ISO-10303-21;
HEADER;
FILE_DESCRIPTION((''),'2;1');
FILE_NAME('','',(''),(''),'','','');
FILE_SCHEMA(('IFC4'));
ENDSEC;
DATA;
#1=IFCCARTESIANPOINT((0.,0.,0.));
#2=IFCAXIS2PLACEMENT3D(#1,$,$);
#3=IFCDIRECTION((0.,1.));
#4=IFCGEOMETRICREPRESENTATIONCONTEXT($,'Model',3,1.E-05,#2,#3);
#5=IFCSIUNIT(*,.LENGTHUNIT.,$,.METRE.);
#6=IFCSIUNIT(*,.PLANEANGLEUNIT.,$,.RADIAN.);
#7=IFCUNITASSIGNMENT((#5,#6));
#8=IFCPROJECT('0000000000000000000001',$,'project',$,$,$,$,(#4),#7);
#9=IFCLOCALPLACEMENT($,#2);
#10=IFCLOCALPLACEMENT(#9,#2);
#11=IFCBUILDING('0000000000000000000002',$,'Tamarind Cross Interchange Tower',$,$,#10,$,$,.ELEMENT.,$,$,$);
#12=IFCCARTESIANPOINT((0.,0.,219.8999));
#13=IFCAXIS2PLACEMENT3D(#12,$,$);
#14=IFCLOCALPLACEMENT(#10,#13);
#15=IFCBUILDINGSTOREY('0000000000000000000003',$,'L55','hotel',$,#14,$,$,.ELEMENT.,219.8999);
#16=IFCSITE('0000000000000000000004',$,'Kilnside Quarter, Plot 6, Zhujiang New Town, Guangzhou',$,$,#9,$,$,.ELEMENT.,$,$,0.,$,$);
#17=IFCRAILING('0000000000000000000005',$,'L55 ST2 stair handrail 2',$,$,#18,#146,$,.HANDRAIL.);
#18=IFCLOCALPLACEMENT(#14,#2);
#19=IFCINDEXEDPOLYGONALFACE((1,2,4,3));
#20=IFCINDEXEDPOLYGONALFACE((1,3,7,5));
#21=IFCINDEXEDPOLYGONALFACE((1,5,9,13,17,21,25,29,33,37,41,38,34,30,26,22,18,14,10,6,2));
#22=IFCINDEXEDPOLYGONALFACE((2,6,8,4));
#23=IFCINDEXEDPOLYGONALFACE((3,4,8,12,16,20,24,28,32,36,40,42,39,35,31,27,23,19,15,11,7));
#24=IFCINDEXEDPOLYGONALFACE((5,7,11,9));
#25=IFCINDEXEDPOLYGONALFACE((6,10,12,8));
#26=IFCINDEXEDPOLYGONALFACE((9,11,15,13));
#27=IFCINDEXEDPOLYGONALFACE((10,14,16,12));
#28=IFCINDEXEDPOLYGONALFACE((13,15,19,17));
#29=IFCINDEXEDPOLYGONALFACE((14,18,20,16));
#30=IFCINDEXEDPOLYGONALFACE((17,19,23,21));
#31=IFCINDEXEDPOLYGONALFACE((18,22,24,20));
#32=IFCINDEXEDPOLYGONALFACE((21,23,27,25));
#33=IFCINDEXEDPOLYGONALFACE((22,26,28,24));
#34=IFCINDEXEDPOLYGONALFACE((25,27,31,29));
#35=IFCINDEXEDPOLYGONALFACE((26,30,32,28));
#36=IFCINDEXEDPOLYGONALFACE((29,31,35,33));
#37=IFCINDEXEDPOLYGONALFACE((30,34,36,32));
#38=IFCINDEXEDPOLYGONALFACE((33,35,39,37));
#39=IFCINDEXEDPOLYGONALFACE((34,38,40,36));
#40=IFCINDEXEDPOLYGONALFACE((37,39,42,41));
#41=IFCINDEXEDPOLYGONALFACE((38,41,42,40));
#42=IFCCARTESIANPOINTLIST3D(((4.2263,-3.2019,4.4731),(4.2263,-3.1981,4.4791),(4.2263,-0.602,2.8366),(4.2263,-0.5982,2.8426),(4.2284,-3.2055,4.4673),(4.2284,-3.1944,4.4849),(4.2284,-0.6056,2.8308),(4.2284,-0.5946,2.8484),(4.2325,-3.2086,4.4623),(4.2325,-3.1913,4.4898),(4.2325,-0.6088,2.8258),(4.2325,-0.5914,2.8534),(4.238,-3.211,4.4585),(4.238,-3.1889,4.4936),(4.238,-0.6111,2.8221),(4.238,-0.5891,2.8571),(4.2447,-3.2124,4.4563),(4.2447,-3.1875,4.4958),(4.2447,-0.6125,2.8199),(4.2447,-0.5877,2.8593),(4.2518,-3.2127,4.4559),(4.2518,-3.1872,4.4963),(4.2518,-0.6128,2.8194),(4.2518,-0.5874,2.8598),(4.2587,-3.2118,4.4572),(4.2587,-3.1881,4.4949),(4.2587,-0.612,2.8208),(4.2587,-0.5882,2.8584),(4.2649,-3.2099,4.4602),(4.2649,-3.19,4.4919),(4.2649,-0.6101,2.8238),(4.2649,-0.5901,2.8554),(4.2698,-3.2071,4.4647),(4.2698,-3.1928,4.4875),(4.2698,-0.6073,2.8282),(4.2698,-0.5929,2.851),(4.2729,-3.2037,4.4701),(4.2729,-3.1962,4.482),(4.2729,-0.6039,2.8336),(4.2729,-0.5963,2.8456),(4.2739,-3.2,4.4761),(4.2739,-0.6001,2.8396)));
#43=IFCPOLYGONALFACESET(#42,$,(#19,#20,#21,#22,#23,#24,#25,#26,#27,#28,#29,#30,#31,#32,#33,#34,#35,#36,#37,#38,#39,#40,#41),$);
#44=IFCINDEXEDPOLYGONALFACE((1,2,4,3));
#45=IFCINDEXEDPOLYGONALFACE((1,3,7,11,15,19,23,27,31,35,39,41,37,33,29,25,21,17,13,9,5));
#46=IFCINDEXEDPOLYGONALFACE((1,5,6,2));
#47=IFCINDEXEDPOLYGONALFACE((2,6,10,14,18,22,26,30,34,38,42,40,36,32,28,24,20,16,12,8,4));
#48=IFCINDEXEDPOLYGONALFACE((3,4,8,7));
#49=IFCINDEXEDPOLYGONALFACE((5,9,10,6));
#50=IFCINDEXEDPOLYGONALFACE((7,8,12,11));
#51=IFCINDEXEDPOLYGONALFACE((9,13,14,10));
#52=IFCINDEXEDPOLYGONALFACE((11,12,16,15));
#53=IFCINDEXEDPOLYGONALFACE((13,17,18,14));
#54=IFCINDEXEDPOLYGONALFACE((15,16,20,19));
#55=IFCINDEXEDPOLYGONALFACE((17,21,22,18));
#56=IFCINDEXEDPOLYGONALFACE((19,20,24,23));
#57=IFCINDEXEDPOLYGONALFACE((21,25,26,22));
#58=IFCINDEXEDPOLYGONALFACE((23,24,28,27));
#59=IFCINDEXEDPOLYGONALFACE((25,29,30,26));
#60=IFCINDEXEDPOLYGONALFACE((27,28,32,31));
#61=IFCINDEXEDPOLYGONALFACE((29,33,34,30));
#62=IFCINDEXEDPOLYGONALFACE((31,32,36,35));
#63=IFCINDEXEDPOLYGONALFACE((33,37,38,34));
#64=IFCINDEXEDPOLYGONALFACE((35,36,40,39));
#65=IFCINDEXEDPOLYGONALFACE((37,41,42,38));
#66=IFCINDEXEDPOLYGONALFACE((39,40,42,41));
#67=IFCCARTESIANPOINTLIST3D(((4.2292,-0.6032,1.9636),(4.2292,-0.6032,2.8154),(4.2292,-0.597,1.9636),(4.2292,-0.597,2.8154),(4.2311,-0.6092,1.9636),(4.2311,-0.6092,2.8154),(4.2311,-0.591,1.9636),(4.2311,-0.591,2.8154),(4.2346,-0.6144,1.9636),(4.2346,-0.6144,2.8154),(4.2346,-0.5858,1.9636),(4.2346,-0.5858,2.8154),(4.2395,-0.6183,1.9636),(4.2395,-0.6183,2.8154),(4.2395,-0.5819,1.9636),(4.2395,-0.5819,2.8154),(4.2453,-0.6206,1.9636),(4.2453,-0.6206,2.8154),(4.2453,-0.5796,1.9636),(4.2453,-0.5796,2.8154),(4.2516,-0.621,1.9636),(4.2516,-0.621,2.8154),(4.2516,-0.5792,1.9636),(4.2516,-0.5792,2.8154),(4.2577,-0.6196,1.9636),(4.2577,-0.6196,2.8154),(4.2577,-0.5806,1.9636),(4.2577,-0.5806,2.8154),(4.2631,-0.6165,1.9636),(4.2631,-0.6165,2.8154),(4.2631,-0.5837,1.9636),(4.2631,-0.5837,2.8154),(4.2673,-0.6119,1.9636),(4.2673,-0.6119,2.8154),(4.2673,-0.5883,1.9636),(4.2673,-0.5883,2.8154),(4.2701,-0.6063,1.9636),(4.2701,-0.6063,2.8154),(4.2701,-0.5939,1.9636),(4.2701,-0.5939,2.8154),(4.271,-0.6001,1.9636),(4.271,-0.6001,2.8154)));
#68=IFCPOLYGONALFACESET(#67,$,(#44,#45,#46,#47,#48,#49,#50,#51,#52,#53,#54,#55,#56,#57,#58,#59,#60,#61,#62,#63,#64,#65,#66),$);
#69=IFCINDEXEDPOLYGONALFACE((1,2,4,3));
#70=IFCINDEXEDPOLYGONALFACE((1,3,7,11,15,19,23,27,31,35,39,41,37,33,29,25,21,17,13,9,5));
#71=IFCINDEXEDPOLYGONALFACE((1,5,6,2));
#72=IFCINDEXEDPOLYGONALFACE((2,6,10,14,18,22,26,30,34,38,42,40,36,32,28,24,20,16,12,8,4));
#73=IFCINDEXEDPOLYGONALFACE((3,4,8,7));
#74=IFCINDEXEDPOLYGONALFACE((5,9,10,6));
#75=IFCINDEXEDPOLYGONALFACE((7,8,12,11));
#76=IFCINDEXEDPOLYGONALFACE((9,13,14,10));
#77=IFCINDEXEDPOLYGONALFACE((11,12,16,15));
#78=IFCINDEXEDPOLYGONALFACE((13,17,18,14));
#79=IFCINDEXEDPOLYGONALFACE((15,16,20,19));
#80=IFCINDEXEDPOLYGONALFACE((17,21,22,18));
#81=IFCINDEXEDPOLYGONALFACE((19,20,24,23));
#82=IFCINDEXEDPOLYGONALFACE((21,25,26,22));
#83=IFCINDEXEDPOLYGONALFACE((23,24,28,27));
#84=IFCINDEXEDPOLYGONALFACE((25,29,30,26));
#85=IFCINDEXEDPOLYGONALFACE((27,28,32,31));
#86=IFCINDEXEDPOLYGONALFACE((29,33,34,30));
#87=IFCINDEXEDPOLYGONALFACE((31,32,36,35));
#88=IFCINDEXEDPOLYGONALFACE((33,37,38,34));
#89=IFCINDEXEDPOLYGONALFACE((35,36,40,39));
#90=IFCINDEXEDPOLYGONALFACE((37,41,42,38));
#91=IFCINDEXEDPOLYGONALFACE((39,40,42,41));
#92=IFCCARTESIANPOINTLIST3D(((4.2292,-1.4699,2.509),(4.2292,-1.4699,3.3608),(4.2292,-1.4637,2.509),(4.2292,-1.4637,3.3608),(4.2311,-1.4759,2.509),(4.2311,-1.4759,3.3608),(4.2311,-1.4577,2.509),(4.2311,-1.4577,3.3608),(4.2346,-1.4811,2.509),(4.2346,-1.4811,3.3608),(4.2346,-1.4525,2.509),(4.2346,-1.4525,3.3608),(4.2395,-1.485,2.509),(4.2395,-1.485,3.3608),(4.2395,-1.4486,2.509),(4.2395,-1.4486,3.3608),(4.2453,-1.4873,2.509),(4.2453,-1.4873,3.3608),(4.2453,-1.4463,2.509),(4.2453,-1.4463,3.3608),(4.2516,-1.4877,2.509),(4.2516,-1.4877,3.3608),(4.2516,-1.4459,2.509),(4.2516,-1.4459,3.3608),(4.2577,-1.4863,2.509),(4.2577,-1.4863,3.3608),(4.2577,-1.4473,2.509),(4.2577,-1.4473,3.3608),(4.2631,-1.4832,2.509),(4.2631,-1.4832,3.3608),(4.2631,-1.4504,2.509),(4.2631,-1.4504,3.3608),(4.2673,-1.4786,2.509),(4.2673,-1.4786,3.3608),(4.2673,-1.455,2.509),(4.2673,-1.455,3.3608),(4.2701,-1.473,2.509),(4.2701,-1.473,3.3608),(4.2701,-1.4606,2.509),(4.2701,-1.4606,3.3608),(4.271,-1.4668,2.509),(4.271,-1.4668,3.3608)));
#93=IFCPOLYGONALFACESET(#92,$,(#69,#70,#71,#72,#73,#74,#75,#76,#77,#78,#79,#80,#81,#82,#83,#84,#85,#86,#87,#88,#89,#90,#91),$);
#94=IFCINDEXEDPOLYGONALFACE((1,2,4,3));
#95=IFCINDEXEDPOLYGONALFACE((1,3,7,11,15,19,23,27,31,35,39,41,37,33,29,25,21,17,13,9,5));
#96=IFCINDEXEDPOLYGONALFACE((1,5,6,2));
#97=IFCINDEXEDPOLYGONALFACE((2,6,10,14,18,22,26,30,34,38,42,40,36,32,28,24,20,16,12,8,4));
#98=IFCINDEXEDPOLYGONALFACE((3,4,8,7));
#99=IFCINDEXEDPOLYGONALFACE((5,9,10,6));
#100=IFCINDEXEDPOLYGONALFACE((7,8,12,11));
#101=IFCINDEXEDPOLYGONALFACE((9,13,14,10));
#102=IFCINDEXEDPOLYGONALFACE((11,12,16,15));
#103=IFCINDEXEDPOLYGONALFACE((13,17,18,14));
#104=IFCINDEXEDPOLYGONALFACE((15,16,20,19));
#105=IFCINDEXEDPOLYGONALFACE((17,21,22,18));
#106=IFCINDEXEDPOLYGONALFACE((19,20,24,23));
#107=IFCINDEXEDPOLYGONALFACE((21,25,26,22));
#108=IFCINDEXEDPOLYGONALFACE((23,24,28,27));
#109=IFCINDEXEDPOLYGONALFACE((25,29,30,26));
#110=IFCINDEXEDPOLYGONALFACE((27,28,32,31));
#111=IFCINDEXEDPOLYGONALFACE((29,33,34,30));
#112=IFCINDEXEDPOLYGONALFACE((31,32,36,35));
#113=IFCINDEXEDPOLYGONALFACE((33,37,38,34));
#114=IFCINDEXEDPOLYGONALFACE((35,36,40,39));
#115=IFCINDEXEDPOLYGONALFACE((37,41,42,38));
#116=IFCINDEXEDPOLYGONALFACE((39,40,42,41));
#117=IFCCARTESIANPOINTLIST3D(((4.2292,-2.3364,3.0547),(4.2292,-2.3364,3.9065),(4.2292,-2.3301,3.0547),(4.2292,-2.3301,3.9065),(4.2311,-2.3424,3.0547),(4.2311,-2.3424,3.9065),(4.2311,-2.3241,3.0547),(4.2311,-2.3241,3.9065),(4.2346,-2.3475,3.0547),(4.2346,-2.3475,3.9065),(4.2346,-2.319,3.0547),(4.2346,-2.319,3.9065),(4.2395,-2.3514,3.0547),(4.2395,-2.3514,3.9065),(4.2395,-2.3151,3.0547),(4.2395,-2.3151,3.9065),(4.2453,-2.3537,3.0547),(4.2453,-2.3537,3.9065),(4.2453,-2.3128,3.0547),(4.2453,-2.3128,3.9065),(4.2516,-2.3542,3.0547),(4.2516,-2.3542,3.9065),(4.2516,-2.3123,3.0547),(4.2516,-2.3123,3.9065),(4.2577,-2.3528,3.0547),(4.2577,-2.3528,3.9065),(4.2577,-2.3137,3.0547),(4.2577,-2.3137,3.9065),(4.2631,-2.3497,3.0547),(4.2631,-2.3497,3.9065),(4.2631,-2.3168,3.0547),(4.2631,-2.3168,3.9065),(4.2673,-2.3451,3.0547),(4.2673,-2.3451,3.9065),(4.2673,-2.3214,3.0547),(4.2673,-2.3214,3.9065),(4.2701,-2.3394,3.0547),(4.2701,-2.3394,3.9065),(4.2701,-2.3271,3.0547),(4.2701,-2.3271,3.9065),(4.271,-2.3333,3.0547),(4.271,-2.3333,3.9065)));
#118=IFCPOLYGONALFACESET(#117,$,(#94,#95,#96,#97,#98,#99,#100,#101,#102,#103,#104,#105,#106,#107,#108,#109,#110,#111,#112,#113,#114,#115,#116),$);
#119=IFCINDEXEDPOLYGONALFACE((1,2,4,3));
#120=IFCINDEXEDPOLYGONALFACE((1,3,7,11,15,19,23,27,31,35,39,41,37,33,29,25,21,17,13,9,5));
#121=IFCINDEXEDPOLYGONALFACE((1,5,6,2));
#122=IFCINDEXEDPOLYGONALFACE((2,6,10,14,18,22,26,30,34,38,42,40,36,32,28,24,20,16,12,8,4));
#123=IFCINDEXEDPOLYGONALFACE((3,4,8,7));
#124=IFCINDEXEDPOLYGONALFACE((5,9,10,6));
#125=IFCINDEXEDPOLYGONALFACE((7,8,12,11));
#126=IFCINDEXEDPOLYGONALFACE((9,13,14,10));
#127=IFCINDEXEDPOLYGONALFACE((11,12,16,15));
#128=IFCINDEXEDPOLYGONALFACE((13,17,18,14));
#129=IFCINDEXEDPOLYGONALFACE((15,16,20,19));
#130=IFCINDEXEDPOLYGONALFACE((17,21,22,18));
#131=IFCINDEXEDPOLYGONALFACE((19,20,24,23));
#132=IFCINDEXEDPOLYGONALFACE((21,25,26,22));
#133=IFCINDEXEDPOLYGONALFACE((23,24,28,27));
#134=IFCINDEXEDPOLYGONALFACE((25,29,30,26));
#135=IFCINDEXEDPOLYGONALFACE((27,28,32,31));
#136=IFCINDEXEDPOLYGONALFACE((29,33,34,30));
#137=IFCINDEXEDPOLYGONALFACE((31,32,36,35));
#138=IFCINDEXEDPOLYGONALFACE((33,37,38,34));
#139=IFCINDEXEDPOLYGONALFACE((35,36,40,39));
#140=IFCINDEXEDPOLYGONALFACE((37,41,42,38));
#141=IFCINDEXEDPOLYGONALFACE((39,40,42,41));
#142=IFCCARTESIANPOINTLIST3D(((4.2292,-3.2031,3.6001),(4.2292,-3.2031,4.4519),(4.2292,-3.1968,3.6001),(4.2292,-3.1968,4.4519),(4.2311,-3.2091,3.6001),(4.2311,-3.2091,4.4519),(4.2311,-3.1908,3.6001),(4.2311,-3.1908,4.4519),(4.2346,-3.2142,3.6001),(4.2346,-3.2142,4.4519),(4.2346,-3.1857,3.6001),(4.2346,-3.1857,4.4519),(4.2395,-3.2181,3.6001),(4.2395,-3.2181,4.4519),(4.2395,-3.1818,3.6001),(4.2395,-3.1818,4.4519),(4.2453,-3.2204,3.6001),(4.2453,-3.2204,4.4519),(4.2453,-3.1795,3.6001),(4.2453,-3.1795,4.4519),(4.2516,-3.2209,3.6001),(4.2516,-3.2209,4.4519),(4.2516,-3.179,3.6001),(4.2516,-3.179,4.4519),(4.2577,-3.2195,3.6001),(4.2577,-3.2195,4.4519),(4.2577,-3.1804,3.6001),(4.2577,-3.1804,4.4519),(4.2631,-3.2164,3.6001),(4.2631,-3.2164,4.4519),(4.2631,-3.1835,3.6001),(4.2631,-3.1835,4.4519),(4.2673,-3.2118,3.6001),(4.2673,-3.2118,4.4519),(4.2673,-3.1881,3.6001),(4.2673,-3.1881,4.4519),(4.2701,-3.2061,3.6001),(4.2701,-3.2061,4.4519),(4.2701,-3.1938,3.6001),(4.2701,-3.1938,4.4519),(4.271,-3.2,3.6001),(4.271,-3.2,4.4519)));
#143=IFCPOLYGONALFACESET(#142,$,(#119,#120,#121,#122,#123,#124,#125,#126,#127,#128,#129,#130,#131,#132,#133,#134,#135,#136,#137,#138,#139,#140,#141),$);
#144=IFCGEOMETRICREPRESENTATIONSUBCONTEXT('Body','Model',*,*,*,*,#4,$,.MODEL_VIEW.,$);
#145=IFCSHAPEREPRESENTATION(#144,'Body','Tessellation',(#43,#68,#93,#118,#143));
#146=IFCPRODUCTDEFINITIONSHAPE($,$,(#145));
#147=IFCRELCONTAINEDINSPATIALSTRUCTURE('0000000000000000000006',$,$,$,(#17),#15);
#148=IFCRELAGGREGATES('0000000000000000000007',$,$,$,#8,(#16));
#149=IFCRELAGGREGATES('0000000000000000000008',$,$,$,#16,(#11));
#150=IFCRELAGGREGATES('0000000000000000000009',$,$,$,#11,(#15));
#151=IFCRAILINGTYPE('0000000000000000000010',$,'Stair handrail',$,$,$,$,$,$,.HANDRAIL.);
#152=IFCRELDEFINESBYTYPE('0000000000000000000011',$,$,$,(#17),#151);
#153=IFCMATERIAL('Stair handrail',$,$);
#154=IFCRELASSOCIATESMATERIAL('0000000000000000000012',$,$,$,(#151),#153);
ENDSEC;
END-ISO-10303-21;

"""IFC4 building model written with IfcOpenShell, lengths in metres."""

from ifc_helpers import new_model, si_unit, direction, frame, origin, origin_2d, place, context, subcontext, project, spatial, circle, extrude, material, type_object, element, save


model = new_model("IFC4")

# Units and contexts
model_context = context("Model", 3, precision=1e-05, world=origin(), true_north=direction((0.0, 1.0)))
body_context = subcontext(model_context, "Body", "Model", "MODEL_VIEW")
ifc_project = project(units=[si_unit("LENGTHUNIT", "METRE"), si_unit("PLANEANGLEUNIT", "RADIAN")], contexts=[model_context])

# Site, building, storey
site_placement = place(None, origin())
site = spatial("IfcSite", under=ifc_project, at=site_placement, Name="Kilnside Quarter, Plot 6, Zhujiang New Town, Guangzhou", CompositionType="ELEMENT", RefElevation=0.0)
building_placement = place(site_placement, origin())
building = spatial("IfcBuilding", under=site, at=building_placement, Name="Tamarind Cross Interchange Tower", CompositionType="ELEMENT")
storey_placement = place(building_placement, frame((0.0, 0.0, 219.8999)))
storey = spatial("IfcBuildingStorey", under=building, at=storey_placement, Name="L55", Description="hotel", CompositionType="ELEMENT", Elevation=219.8999)

# Railing
ifc_material_1 = material(Name="Stair handrail")
railing_type_1 = type_object("IfcRailingType", Name="Stair handrail", PredefinedType="HANDRAIL", material=ifc_material_1)
railing_1_placement = place(storey_placement, frame((4.25, -0.6001, 1.9636)))
element("IfcRailing", 1, at=railing_1_placement, inside=storey, type_object=railing_type_1, Name="L55 ST2 stair handrail 2", PredefinedType="HANDRAIL", context=body_context, shape_type="SweptSolid", body=[
    extrude(circle(Radius=0.0239, at=origin_2d()), frame((0.0, 0.0, 0.876), z_axis=(0.0, -0.846302, 0.532704), x_axis=(1.0, 0.0, 0.0)), (0.0, 0.0, 1.0), 3.072),
    extrude(circle(Radius=0.021, at=origin_2d()), origin(), (0.0, 0.0, 1.0), 0.8518),
    extrude(circle(Radius=0.021, at=origin_2d()), frame((0.0, -0.8667, 0.5454)), (0.0, 0.0, 1.0), 0.8518),
    extrude(circle(Radius=0.021, at=origin_2d()), frame((0.0, -1.7332, 1.0911)), (0.0, 0.0, 1.0), 0.8518),
    extrude(circle(Radius=0.021, at=origin_2d()), frame((0.0, -2.5999, 1.6365)), (0.0, 0.0, 1.0), 0.8518),
])

save(model, "model.ifc")
